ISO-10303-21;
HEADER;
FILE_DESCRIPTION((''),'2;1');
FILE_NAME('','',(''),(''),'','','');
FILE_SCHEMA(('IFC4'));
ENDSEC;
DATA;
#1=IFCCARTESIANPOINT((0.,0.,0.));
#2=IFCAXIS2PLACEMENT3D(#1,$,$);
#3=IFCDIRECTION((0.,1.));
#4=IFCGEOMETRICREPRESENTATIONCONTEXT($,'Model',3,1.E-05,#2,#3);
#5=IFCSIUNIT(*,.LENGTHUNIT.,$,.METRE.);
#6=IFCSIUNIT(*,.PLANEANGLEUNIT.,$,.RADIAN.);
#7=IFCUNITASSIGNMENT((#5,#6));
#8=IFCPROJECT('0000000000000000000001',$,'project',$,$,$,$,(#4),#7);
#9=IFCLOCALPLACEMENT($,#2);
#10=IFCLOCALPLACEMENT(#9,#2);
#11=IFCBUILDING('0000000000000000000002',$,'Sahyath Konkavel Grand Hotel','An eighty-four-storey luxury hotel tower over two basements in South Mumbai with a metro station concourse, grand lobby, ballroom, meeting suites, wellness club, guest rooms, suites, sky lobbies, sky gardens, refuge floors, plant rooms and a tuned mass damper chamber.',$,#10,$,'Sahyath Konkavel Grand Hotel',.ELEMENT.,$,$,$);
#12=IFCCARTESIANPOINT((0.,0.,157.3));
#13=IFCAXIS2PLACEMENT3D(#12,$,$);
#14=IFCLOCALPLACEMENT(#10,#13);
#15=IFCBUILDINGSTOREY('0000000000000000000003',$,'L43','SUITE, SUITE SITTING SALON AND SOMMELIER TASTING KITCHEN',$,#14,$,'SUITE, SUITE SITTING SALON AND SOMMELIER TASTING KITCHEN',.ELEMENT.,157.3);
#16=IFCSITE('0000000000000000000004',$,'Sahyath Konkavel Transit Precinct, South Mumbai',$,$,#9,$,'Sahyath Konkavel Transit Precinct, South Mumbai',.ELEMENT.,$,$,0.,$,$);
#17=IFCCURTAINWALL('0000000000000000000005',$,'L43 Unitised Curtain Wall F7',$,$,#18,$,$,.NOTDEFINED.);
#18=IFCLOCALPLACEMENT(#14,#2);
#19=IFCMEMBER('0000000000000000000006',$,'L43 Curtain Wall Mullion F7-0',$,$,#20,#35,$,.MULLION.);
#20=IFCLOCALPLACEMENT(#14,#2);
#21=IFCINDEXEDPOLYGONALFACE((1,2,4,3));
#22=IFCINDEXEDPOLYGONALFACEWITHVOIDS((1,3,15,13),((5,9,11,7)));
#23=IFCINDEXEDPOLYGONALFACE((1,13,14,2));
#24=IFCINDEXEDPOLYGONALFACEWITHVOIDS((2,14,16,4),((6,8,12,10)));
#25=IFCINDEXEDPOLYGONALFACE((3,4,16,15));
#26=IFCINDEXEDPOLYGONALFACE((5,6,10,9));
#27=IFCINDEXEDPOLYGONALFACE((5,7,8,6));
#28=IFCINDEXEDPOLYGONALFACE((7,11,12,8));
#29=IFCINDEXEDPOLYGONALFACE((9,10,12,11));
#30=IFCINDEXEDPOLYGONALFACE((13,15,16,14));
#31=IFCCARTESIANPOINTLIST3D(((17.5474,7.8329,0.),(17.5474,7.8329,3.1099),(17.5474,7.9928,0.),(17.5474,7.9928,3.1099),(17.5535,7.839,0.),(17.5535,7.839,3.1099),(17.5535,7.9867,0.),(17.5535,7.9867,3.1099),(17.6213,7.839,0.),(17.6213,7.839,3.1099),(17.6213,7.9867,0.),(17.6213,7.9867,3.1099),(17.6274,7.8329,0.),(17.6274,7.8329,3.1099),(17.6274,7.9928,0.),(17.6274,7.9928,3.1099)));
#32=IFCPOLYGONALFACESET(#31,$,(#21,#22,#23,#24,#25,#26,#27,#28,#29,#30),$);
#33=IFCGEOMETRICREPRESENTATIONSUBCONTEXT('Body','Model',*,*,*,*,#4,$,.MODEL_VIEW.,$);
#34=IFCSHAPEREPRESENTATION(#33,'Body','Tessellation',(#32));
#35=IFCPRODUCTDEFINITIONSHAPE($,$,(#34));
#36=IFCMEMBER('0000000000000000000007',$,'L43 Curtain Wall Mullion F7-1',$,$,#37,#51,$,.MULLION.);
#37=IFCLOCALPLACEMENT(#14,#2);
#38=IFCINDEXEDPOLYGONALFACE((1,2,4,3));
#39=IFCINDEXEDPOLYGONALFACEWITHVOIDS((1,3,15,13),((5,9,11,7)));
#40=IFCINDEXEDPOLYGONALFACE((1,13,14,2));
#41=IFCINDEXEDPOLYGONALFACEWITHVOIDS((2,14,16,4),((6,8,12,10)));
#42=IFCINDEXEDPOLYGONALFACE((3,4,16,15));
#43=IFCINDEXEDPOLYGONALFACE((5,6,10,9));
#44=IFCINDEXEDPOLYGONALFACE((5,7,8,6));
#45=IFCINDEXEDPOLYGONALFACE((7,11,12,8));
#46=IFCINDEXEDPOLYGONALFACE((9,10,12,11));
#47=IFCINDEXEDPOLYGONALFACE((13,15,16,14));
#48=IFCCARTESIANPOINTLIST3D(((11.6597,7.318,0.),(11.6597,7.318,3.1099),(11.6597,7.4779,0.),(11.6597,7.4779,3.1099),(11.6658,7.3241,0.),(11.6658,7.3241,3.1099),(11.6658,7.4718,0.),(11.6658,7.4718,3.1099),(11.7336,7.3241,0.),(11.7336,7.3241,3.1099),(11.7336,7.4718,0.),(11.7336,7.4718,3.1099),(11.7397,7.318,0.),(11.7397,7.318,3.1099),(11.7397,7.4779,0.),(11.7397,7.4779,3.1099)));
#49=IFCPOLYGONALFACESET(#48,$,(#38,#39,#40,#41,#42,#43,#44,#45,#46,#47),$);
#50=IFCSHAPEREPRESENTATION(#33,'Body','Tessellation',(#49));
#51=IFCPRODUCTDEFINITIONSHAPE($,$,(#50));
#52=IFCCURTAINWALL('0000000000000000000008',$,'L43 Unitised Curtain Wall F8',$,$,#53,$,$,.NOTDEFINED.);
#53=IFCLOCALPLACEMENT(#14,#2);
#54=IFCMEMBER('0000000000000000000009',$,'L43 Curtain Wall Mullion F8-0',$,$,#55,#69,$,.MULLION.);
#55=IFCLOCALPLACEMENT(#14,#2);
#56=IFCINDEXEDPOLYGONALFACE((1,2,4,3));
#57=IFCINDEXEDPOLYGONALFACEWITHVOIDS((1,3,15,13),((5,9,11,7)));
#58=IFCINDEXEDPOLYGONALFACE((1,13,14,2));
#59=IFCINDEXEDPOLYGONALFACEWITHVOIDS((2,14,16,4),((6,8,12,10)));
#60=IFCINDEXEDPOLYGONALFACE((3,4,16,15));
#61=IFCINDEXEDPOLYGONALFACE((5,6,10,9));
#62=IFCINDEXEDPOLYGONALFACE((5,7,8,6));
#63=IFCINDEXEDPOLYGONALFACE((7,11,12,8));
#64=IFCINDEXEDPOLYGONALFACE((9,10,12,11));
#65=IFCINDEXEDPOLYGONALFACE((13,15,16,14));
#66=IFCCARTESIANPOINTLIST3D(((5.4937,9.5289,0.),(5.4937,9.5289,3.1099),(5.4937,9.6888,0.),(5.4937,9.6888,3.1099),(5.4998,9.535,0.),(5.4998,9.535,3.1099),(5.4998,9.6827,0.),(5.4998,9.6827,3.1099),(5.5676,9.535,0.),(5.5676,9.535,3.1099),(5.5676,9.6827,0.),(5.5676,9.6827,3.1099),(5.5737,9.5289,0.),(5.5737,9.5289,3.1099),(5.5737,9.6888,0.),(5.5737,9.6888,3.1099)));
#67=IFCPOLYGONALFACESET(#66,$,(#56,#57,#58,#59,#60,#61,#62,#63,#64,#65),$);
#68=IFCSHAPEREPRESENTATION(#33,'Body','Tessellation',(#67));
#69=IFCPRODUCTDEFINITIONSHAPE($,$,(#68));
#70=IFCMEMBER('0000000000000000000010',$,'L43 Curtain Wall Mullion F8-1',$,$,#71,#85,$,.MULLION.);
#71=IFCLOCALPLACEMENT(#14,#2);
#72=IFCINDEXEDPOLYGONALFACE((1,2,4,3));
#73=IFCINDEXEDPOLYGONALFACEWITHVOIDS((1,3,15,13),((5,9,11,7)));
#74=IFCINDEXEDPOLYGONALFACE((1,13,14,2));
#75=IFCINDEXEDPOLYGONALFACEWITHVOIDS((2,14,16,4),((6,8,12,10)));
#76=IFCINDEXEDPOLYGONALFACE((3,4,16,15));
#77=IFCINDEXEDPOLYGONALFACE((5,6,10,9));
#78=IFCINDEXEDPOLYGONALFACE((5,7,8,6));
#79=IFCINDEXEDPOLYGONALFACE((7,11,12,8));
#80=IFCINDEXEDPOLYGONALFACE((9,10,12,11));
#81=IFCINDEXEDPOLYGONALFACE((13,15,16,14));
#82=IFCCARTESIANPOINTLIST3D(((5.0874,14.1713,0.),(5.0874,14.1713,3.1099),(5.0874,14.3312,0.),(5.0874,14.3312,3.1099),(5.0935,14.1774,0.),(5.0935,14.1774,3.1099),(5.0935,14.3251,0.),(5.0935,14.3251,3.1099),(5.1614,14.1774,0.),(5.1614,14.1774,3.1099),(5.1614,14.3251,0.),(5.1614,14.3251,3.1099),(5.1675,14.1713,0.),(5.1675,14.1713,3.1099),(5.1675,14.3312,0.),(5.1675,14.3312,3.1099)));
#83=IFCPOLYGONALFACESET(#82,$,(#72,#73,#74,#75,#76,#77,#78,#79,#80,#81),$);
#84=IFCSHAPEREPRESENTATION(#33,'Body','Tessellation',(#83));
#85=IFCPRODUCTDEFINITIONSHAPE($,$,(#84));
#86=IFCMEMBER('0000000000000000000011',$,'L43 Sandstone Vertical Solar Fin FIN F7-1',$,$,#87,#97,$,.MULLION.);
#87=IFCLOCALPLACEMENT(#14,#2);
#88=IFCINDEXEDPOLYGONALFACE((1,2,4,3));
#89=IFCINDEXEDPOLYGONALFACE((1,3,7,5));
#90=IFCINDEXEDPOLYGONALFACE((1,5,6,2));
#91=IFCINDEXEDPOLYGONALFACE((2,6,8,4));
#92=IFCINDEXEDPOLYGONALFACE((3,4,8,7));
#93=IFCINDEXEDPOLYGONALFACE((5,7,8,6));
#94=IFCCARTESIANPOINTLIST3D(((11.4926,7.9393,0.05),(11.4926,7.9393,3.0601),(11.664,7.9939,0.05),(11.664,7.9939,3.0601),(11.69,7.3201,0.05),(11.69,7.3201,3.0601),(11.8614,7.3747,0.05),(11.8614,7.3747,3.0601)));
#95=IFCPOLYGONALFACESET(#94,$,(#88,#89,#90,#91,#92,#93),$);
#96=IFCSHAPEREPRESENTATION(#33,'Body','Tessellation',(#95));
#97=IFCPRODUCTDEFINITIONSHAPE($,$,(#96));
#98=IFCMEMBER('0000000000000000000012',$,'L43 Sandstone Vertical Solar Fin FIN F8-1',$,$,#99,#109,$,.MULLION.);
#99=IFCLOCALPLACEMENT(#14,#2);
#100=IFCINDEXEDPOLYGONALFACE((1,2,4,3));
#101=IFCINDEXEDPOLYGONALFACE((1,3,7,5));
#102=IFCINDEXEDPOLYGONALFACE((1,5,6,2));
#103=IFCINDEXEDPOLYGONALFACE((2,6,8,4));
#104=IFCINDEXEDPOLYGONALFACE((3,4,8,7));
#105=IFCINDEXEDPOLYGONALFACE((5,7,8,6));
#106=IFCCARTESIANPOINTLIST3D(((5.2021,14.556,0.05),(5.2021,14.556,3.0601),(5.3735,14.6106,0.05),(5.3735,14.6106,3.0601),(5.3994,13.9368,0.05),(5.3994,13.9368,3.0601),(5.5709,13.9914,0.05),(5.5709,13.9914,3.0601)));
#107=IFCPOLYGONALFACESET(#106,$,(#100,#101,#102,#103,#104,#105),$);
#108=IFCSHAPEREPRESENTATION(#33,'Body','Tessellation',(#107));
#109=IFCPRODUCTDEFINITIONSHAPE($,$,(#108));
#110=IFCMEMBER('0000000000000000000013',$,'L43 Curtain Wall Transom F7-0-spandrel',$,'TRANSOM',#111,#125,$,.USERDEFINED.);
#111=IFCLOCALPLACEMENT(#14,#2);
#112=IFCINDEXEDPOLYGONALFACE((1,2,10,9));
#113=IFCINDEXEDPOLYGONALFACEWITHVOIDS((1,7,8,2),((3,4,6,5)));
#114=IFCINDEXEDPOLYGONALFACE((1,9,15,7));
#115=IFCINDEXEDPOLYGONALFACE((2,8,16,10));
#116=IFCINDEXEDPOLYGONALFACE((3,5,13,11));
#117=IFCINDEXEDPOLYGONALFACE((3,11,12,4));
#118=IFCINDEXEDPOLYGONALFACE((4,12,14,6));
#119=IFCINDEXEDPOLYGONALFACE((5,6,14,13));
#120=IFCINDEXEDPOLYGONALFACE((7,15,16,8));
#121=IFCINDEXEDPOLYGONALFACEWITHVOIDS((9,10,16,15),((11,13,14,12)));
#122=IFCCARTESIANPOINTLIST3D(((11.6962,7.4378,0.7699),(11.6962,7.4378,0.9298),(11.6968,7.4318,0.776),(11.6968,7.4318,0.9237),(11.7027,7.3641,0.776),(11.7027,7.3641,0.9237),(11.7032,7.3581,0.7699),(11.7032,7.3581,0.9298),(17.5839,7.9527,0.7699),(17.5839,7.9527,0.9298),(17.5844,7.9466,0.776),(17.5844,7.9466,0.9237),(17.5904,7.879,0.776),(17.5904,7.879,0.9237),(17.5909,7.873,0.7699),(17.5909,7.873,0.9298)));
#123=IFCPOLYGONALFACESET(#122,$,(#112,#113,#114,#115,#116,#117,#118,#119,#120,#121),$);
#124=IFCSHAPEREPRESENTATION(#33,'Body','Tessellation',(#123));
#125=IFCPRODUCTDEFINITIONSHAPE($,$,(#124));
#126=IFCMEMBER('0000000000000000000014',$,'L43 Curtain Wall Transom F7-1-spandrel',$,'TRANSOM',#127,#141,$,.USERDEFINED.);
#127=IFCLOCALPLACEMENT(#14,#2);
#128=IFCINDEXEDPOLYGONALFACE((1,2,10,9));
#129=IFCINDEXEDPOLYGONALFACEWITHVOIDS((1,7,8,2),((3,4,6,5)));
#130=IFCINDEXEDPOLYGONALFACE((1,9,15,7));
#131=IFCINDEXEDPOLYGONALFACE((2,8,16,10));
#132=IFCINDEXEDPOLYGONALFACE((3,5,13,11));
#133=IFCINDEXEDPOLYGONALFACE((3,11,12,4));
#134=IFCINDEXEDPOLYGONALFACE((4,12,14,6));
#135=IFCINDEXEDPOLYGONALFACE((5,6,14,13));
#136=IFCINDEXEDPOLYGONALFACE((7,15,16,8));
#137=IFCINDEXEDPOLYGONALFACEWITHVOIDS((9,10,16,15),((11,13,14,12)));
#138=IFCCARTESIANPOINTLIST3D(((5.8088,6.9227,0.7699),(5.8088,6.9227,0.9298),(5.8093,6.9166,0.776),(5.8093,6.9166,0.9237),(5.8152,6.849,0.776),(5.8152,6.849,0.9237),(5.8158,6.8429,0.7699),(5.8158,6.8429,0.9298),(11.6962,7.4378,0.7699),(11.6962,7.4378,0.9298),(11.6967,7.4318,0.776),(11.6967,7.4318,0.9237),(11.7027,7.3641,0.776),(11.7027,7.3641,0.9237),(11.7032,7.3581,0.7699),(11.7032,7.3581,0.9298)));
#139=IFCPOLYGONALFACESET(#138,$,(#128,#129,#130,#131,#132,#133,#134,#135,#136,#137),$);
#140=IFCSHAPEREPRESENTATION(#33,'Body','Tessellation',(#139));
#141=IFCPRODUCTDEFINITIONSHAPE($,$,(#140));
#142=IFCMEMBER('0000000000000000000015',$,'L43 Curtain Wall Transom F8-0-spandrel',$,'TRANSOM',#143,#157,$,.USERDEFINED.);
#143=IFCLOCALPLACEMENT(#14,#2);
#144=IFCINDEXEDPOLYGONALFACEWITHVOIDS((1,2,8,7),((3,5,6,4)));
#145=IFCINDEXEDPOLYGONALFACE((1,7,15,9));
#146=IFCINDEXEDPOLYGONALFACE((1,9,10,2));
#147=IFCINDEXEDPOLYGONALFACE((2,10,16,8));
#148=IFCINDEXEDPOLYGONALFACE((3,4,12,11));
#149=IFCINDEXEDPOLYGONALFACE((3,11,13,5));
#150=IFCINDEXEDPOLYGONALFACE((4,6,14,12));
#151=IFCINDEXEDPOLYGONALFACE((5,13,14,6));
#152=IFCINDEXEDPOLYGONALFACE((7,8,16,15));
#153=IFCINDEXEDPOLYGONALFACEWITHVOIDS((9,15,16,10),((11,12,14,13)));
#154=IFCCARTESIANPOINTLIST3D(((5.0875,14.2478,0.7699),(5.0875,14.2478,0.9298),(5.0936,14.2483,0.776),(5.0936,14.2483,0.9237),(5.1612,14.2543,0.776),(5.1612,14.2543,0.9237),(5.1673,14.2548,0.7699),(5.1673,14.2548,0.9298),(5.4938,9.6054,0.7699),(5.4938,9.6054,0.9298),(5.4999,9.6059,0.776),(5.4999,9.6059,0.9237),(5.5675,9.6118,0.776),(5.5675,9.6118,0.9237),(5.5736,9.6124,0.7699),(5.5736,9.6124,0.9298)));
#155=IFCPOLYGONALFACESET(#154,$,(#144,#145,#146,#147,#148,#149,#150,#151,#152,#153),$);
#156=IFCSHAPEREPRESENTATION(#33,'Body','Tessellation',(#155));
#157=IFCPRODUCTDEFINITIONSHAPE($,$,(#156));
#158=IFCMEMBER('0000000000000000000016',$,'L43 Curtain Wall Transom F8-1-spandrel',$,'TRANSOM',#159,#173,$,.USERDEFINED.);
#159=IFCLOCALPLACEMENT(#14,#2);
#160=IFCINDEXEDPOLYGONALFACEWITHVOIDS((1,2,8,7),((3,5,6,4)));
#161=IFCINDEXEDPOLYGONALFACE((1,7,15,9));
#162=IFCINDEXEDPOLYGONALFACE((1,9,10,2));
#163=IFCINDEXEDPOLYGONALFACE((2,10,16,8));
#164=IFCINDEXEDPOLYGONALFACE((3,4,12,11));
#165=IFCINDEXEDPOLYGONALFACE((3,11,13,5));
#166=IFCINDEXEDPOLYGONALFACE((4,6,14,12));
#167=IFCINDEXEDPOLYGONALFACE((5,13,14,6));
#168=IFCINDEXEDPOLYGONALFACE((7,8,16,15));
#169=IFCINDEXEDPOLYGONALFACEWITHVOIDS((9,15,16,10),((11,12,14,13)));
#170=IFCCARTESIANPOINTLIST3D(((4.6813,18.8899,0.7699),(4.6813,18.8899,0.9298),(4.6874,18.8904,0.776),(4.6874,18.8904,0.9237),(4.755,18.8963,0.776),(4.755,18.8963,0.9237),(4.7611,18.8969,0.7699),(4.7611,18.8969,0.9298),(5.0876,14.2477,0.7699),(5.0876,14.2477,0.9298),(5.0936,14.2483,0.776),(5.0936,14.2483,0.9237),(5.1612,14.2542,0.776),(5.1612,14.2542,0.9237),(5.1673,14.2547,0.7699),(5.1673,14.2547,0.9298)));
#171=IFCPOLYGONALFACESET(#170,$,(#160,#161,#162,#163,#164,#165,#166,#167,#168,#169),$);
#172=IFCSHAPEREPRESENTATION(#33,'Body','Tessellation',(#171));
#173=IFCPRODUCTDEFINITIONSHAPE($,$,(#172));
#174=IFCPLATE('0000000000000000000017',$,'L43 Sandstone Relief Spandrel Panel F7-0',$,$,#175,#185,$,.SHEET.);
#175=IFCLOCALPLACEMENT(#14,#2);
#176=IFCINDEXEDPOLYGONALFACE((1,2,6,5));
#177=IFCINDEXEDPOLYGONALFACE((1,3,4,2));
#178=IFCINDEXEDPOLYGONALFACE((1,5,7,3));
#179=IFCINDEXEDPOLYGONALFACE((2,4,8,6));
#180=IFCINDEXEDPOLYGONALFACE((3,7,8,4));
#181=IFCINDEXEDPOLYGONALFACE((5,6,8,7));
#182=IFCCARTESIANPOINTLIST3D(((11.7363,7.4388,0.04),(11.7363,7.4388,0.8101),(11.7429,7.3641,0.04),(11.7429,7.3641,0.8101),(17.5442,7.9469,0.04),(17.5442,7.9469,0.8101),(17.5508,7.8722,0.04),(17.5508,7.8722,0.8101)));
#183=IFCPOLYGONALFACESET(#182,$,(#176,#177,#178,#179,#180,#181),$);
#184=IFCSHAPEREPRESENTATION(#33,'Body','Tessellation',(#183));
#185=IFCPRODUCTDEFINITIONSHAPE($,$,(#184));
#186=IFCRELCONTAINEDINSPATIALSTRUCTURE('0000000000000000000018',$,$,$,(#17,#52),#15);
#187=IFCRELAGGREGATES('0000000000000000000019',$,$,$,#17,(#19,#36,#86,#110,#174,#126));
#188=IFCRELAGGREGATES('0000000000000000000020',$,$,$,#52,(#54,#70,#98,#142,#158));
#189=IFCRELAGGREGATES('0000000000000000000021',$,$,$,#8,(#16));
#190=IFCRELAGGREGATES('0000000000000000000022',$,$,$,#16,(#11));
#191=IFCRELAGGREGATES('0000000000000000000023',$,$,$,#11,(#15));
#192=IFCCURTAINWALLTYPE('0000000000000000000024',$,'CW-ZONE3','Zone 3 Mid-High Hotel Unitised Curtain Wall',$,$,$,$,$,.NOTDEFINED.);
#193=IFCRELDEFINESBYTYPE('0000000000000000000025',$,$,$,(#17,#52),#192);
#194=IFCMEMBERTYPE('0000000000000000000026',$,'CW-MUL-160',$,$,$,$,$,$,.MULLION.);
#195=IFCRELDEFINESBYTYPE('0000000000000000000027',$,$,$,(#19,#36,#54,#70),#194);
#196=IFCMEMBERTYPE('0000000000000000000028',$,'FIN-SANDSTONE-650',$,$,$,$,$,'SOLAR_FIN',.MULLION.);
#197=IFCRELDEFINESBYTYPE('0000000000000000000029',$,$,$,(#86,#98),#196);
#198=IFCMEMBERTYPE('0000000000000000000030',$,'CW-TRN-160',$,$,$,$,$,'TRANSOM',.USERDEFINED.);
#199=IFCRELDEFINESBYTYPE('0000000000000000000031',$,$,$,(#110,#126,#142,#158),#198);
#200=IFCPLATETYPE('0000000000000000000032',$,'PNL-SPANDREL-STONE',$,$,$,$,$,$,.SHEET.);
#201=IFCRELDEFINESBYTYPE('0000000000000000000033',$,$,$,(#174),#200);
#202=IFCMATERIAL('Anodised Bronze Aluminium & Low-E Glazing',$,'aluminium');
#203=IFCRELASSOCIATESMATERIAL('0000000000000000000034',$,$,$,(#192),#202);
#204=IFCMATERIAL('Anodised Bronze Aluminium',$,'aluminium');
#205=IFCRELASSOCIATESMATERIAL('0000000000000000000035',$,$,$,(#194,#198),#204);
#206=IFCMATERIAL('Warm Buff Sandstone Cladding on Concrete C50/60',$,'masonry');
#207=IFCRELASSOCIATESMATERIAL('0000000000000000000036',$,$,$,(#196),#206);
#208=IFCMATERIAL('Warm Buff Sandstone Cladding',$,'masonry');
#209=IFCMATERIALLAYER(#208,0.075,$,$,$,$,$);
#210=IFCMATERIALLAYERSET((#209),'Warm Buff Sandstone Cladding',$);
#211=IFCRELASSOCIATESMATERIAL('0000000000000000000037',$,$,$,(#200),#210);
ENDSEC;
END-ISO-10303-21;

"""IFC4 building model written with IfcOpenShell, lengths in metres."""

from ifc_helpers import new_model, si_unit, direction, frame, origin, origin_2d, place, context, subcontext, project, spatial, rectangle, hollow_rectangle, extrude, source, transform, mapped, material, layer, layer_set, material_profile, profile_set, type_object, element, aggregate, save


model = new_model("IFC4")

# Units and contexts
model_context = context("Model", 3, precision=1e-05, world=origin(), true_north=direction((0.0, 1.0)))
body_context = subcontext(model_context, "Body", "Model", "MODEL_VIEW")
ifc_project = project(units=[si_unit("LENGTHUNIT", "METRE"), si_unit("PLANEANGLEUNIT", "RADIAN")], contexts=[model_context])

# Site, building, storey
site_placement = place(None, origin())
site = spatial("IfcSite", under=ifc_project, at=site_placement, Name="Sahyath Konkavel Transit Precinct, South Mumbai", LongName="Sahyath Konkavel Transit Precinct, South Mumbai", CompositionType="ELEMENT", RefElevation=0.0)
building_placement = place(site_placement, origin())
building = spatial("IfcBuilding", under=site, at=building_placement, Name="Sahyath Konkavel Grand Hotel", Description="An eighty-four-storey luxury hotel tower over two basements in South Mumbai with a metro station concourse, grand lobby, ballroom, meeting suites, wellness club, guest rooms, suites, sky lobbies, sky gardens, refuge floors, plant rooms and a tuned mass damper chamber.", LongName="Sahyath Konkavel Grand Hotel", CompositionType="ELEMENT")
storey_placement = place(building_placement, frame((0.0, 0.0, 157.3)))
storey = spatial("IfcBuildingStorey", under=building, at=storey_placement, Name="L43", Description="SUITE, SUITE SITTING SALON AND SOMMELIER TASTING KITCHEN", LongName="SUITE, SUITE SITTING SALON AND SOMMELIER TASTING KITCHEN", CompositionType="ELEMENT", Elevation=157.3)

# Curtain walls, members
ifc_material_1 = material(Name="Anodised Bronze Aluminium & Low-E Glazing", Category="aluminium")
curtain_wall_type = type_object("IfcCurtainWallType", Name="CW-ZONE3", Description="Zone 3 Mid-High Hotel Unitised Curtain Wall", PredefinedType="NOTDEFINED", material=ifc_material_1)
curtain_wall_1_placement = place(storey_placement, origin())
curtain_wall_1 = element("IfcCurtainWall", 1, at=curtain_wall_1_placement, inside=storey, type_object=curtain_wall_type, Name="L43 Unitised Curtain Wall F7", PredefinedType="NOTDEFINED")
ifc_material_2 = material(Name="Anodised Bronze Aluminium", Category="aluminium")
ifc_material_profile_1 = material_profile(ifc_material_2, hollow_rectangle(XDim=0.0801, YDim=0.1599, WallThickness=0.0061, at=origin_2d()), Name="RHS 160x80x6")
ifc_profile_set_1 = profile_set([ifc_material_profile_1], Name="Anodised Bronze Aluminium")
member_type_1 = type_object("IfcMemberType", Name="CW-MUL-160", PredefinedType="MULLION", material=ifc_profile_set_1)
shared_shape_1 = source(origin(), body_context, "Body", "SweptSolid", [
    extrude(hollow_rectangle(XDim=0.0801, YDim=0.1599, WallThickness=0.0061, at=origin_2d()), origin(), (0.0, 0.0, 1.0), 3.1099),
])
member_1_placement = place(storey_placement, frame((17.5874, 7.9128, 0.0), z_axis=(0.0, 0.0, 1.0), x_axis=(1.0, 0.0, 0.0)))
member_1 = element("IfcMember", 2, at=member_1_placement, type_object=member_type_1, Name="L43 Curtain Wall Mullion F7-0", PredefinedType="MULLION", context=body_context, shape_type="MappedRepresentation", body=[
    mapped(shared_shape_1, transform((0.0, 0.0, 0.0), scale=1.0)),
])
member_2_placement = place(storey_placement, frame((11.6997, 7.3979, 0.0), z_axis=(0.0, 0.0, 1.0), x_axis=(1.0, 0.0, 0.0)))
member_2 = element("IfcMember", 3, at=member_2_placement, type_object=member_type_1, Name="L43 Curtain Wall Mullion F7-1", PredefinedType="MULLION", context=body_context, shape_type="MappedRepresentation", body=[
    mapped(shared_shape_1, transform((0.0, 0.0, 0.0), scale=1.0)),
])
curtain_wall_2_placement = place(storey_placement, origin())
curtain_wall_2 = element("IfcCurtainWall", 4, at=curtain_wall_2_placement, inside=storey, type_object=curtain_wall_type, Name="L43 Unitised Curtain Wall F8", PredefinedType="NOTDEFINED")
member_3_placement = place(storey_placement, frame((5.5337, 9.6089, 0.0), z_axis=(0.0, 0.0, 1.0), x_axis=(1.0, 0.0, 0.0)))
member_3 = element("IfcMember", 5, at=member_3_placement, type_object=member_type_1, Name="L43 Curtain Wall Mullion F8-0", PredefinedType="MULLION", context=body_context, shape_type="MappedRepresentation", body=[
    mapped(shared_shape_1, transform((0.0, 0.0, 0.0), scale=1.0)),
])
member_4_placement = place(storey_placement, frame((5.1274, 14.2512, 0.0), z_axis=(0.0, 0.0, 1.0), x_axis=(1.0, 0.0, 0.0)))
member_4 = element("IfcMember", 6, at=member_4_placement, type_object=member_type_1, Name="L43 Curtain Wall Mullion F8-1", PredefinedType="MULLION", context=body_context, shape_type="MappedRepresentation", body=[
    mapped(shared_shape_1, transform((0.0, 0.0, 0.0), scale=1.0)),
])

# Members
ifc_material_3 = material(Name="Warm Buff Sandstone Cladding on Concrete C50/60", Category="masonry")
ifc_material_profile_2 = material_profile(ifc_material_3, rectangle(XDim=0.1799, YDim=0.6499, at=origin_2d()), Name="FIN 180x650")
ifc_profile_set_2 = profile_set([ifc_material_profile_2], Name="Warm Buff Sandstone Cladding on Concrete C50/60")
member_type_2 = type_object("IfcMemberType", Name="FIN-SANDSTONE-650", ElementType="SOLAR_FIN", PredefinedType="MULLION", material=ifc_profile_set_2)
shared_shape_2 = source(origin(), body_context, "Body", "SweptSolid", [
    extrude(rectangle(XDim=0.1799, YDim=0.6499, at=origin_2d()), origin(), (0.0, 0.0, 1.0), 3.01),
])
member_5_placement = place(storey_placement, frame((11.677, 7.657, 0.05), z_axis=(0.0, 0.0, 1.0), x_axis=(0.952768, 0.303701, 0.0)))
member_5 = element("IfcMember", 7, at=member_5_placement, type_object=member_type_2, Name="L43 Sandstone Vertical Solar Fin FIN F7-1", PredefinedType="MULLION", context=body_context, shape_type="MappedRepresentation", body=[
    mapped(shared_shape_2, transform((0.0, 0.0, 0.0), scale=1.0)),
])
member_6_placement = place(storey_placement, frame((5.3865, 14.2737, 0.05), z_axis=(0.0, 0.0, 1.0), x_axis=(0.952768, 0.303701, 0.0)))
member_6 = element("IfcMember", 8, at=member_6_placement, type_object=member_type_2, Name="L43 Sandstone Vertical Solar Fin FIN F8-1", PredefinedType="MULLION", context=body_context, shape_type="MappedRepresentation", body=[
    mapped(shared_shape_2, transform((0.0, 0.0, 0.0), scale=1.0)),
])
ifc_material_profile_3 = material_profile(ifc_material_2, hollow_rectangle(XDim=0.0801, YDim=0.1599, WallThickness=0.0061, at=origin_2d()), Name="RHS 160x80x6")
ifc_profile_set_3 = profile_set([ifc_material_profile_3], Name="Anodised Bronze Aluminium")
member_type_3 = type_object("IfcMemberType", Name="CW-TRN-160", ElementType="TRANSOM", PredefinedType="USERDEFINED", material=ifc_profile_set_3)
shared_shape_3 = source(origin(), body_context, "Body", "SweptSolid", [
    extrude(hollow_rectangle(XDim=0.0801, YDim=0.1599, WallThickness=0.0061, at=origin_2d()), origin(), (0.0, 0.0, 1.0), 5.9102),
])
member_7_placement = place(storey_placement, frame((17.5874, 7.9128, 0.8499), z_axis=(-0.996198, -0.08712, 0.0), x_axis=(0.08712, -0.996198, 0.0)))
member_7 = element("IfcMember", 9, at=member_7_placement, type_object=member_type_3, Name="L43 Curtain Wall Transom F7-0-spandrel", ObjectType="TRANSOM", PredefinedType="USERDEFINED", context=body_context, shape_type="MappedRepresentation", body=[
    mapped(shared_shape_3, transform((0.0, 0.0, 0.0), scale=1.0)),
])
shared_shape_4 = source(origin(), body_context, "Body", "SweptSolid", [
    extrude(hollow_rectangle(XDim=0.0801, YDim=0.1599, WallThickness=0.0061, at=origin_2d()), origin(), (0.0, 0.0, 1.0), 5.9099),
])
member_8_placement = place(storey_placement, frame((11.6997, 7.3979, 0.8499), z_axis=(-0.996194, -0.087164, 0.0), x_axis=(0.087164, -0.996194, 0.0)))
member_8 = element("IfcMember", 10, at=member_8_placement, type_object=member_type_3, Name="L43 Curtain Wall Transom F7-1-spandrel", ObjectType="TRANSOM", PredefinedType="USERDEFINED", context=body_context, shape_type="MappedRepresentation", body=[
    mapped(shared_shape_4, transform((0.0, 0.0, 0.0), scale=1.0)),
])
shared_shape_5 = source(origin(), body_context, "Body", "SweptSolid", [
    extrude(hollow_rectangle(XDim=0.0801, YDim=0.1599, WallThickness=0.0061, at=origin_2d()), origin(), (0.0, 0.0, 1.0), 4.6602),
])
member_9_placement = place(storey_placement, frame((5.5337, 9.6089, 0.8499), z_axis=(-0.087177, 0.996193, 0.0), x_axis=(-0.996193, -0.087177, 0.0)))
member_9 = element("IfcMember", 11, at=member_9_placement, type_object=member_type_3, Name="L43 Curtain Wall Transom F8-0-spandrel", ObjectType="TRANSOM", PredefinedType="USERDEFINED", context=body_context, shape_type="MappedRepresentation", body=[
    mapped(shared_shape_5, transform((0.0, 0.0, 0.0), scale=1.0)),
])
shared_shape_6 = source(origin(), body_context, "Body", "SweptSolid", [
    extrude(hollow_rectangle(XDim=0.0801, YDim=0.1599, WallThickness=0.0061, at=origin_2d()), origin(), (0.0, 0.0, 1.0), 4.6599),
])
member_10_placement = place(storey_placement, frame((5.1274, 14.2512, 0.8499), z_axis=(-0.087181, 0.996192, 0.0), x_axis=(-0.996192, -0.087181, 0.0)))
member_10 = element("IfcMember", 12, at=member_10_placement, type_object=member_type_3, Name="L43 Curtain Wall Transom F8-1-spandrel", ObjectType="TRANSOM", PredefinedType="USERDEFINED", context=body_context, shape_type="MappedRepresentation", body=[
    mapped(shared_shape_6, transform((0.0, 0.0, 0.0), scale=1.0)),
])

# Plate
ifc_material_4 = material(Name="Warm Buff Sandstone Cladding", Category="masonry")
ifc_layer_1 = layer(ifc_material_4, 0.075)
ifc_layer_set_1 = layer_set([ifc_layer_1], Name="Warm Buff Sandstone Cladding")
plate_type_1 = type_object("IfcPlateType", Name="PNL-SPANDREL-STONE", PredefinedType="SHEET", material=ifc_layer_set_1)
shared_shape_7 = source(origin(), body_context, "Body", "SweptSolid", [
    extrude(rectangle(XDim=5.8301, YDim=0.075, at=origin_2d()), origin(), (0.0, 0.0, 1.0), 0.77),
])
plate_1_placement = place(storey_placement, frame((14.6436, 7.6555, 0.04), z_axis=(0.0, 0.0, 1.0), x_axis=(-0.996195, -0.087156, 0.0)))
plate_1 = element("IfcPlate", 13, at=plate_1_placement, type_object=plate_type_1, Name="L43 Sandstone Relief Spandrel Panel F7-0", PredefinedType="SHEET", context=body_context, shape_type="MappedRepresentation", body=[
    mapped(shared_shape_7, transform((0.0, 0.0, 0.0), scale=1.0)),
])
aggregate(curtain_wall_1, [member_1, member_2, member_5, member_7, plate_1, member_8])
aggregate(curtain_wall_2, [member_3, member_4, member_6, member_9, member_10])

save(model, "model.ifc")
